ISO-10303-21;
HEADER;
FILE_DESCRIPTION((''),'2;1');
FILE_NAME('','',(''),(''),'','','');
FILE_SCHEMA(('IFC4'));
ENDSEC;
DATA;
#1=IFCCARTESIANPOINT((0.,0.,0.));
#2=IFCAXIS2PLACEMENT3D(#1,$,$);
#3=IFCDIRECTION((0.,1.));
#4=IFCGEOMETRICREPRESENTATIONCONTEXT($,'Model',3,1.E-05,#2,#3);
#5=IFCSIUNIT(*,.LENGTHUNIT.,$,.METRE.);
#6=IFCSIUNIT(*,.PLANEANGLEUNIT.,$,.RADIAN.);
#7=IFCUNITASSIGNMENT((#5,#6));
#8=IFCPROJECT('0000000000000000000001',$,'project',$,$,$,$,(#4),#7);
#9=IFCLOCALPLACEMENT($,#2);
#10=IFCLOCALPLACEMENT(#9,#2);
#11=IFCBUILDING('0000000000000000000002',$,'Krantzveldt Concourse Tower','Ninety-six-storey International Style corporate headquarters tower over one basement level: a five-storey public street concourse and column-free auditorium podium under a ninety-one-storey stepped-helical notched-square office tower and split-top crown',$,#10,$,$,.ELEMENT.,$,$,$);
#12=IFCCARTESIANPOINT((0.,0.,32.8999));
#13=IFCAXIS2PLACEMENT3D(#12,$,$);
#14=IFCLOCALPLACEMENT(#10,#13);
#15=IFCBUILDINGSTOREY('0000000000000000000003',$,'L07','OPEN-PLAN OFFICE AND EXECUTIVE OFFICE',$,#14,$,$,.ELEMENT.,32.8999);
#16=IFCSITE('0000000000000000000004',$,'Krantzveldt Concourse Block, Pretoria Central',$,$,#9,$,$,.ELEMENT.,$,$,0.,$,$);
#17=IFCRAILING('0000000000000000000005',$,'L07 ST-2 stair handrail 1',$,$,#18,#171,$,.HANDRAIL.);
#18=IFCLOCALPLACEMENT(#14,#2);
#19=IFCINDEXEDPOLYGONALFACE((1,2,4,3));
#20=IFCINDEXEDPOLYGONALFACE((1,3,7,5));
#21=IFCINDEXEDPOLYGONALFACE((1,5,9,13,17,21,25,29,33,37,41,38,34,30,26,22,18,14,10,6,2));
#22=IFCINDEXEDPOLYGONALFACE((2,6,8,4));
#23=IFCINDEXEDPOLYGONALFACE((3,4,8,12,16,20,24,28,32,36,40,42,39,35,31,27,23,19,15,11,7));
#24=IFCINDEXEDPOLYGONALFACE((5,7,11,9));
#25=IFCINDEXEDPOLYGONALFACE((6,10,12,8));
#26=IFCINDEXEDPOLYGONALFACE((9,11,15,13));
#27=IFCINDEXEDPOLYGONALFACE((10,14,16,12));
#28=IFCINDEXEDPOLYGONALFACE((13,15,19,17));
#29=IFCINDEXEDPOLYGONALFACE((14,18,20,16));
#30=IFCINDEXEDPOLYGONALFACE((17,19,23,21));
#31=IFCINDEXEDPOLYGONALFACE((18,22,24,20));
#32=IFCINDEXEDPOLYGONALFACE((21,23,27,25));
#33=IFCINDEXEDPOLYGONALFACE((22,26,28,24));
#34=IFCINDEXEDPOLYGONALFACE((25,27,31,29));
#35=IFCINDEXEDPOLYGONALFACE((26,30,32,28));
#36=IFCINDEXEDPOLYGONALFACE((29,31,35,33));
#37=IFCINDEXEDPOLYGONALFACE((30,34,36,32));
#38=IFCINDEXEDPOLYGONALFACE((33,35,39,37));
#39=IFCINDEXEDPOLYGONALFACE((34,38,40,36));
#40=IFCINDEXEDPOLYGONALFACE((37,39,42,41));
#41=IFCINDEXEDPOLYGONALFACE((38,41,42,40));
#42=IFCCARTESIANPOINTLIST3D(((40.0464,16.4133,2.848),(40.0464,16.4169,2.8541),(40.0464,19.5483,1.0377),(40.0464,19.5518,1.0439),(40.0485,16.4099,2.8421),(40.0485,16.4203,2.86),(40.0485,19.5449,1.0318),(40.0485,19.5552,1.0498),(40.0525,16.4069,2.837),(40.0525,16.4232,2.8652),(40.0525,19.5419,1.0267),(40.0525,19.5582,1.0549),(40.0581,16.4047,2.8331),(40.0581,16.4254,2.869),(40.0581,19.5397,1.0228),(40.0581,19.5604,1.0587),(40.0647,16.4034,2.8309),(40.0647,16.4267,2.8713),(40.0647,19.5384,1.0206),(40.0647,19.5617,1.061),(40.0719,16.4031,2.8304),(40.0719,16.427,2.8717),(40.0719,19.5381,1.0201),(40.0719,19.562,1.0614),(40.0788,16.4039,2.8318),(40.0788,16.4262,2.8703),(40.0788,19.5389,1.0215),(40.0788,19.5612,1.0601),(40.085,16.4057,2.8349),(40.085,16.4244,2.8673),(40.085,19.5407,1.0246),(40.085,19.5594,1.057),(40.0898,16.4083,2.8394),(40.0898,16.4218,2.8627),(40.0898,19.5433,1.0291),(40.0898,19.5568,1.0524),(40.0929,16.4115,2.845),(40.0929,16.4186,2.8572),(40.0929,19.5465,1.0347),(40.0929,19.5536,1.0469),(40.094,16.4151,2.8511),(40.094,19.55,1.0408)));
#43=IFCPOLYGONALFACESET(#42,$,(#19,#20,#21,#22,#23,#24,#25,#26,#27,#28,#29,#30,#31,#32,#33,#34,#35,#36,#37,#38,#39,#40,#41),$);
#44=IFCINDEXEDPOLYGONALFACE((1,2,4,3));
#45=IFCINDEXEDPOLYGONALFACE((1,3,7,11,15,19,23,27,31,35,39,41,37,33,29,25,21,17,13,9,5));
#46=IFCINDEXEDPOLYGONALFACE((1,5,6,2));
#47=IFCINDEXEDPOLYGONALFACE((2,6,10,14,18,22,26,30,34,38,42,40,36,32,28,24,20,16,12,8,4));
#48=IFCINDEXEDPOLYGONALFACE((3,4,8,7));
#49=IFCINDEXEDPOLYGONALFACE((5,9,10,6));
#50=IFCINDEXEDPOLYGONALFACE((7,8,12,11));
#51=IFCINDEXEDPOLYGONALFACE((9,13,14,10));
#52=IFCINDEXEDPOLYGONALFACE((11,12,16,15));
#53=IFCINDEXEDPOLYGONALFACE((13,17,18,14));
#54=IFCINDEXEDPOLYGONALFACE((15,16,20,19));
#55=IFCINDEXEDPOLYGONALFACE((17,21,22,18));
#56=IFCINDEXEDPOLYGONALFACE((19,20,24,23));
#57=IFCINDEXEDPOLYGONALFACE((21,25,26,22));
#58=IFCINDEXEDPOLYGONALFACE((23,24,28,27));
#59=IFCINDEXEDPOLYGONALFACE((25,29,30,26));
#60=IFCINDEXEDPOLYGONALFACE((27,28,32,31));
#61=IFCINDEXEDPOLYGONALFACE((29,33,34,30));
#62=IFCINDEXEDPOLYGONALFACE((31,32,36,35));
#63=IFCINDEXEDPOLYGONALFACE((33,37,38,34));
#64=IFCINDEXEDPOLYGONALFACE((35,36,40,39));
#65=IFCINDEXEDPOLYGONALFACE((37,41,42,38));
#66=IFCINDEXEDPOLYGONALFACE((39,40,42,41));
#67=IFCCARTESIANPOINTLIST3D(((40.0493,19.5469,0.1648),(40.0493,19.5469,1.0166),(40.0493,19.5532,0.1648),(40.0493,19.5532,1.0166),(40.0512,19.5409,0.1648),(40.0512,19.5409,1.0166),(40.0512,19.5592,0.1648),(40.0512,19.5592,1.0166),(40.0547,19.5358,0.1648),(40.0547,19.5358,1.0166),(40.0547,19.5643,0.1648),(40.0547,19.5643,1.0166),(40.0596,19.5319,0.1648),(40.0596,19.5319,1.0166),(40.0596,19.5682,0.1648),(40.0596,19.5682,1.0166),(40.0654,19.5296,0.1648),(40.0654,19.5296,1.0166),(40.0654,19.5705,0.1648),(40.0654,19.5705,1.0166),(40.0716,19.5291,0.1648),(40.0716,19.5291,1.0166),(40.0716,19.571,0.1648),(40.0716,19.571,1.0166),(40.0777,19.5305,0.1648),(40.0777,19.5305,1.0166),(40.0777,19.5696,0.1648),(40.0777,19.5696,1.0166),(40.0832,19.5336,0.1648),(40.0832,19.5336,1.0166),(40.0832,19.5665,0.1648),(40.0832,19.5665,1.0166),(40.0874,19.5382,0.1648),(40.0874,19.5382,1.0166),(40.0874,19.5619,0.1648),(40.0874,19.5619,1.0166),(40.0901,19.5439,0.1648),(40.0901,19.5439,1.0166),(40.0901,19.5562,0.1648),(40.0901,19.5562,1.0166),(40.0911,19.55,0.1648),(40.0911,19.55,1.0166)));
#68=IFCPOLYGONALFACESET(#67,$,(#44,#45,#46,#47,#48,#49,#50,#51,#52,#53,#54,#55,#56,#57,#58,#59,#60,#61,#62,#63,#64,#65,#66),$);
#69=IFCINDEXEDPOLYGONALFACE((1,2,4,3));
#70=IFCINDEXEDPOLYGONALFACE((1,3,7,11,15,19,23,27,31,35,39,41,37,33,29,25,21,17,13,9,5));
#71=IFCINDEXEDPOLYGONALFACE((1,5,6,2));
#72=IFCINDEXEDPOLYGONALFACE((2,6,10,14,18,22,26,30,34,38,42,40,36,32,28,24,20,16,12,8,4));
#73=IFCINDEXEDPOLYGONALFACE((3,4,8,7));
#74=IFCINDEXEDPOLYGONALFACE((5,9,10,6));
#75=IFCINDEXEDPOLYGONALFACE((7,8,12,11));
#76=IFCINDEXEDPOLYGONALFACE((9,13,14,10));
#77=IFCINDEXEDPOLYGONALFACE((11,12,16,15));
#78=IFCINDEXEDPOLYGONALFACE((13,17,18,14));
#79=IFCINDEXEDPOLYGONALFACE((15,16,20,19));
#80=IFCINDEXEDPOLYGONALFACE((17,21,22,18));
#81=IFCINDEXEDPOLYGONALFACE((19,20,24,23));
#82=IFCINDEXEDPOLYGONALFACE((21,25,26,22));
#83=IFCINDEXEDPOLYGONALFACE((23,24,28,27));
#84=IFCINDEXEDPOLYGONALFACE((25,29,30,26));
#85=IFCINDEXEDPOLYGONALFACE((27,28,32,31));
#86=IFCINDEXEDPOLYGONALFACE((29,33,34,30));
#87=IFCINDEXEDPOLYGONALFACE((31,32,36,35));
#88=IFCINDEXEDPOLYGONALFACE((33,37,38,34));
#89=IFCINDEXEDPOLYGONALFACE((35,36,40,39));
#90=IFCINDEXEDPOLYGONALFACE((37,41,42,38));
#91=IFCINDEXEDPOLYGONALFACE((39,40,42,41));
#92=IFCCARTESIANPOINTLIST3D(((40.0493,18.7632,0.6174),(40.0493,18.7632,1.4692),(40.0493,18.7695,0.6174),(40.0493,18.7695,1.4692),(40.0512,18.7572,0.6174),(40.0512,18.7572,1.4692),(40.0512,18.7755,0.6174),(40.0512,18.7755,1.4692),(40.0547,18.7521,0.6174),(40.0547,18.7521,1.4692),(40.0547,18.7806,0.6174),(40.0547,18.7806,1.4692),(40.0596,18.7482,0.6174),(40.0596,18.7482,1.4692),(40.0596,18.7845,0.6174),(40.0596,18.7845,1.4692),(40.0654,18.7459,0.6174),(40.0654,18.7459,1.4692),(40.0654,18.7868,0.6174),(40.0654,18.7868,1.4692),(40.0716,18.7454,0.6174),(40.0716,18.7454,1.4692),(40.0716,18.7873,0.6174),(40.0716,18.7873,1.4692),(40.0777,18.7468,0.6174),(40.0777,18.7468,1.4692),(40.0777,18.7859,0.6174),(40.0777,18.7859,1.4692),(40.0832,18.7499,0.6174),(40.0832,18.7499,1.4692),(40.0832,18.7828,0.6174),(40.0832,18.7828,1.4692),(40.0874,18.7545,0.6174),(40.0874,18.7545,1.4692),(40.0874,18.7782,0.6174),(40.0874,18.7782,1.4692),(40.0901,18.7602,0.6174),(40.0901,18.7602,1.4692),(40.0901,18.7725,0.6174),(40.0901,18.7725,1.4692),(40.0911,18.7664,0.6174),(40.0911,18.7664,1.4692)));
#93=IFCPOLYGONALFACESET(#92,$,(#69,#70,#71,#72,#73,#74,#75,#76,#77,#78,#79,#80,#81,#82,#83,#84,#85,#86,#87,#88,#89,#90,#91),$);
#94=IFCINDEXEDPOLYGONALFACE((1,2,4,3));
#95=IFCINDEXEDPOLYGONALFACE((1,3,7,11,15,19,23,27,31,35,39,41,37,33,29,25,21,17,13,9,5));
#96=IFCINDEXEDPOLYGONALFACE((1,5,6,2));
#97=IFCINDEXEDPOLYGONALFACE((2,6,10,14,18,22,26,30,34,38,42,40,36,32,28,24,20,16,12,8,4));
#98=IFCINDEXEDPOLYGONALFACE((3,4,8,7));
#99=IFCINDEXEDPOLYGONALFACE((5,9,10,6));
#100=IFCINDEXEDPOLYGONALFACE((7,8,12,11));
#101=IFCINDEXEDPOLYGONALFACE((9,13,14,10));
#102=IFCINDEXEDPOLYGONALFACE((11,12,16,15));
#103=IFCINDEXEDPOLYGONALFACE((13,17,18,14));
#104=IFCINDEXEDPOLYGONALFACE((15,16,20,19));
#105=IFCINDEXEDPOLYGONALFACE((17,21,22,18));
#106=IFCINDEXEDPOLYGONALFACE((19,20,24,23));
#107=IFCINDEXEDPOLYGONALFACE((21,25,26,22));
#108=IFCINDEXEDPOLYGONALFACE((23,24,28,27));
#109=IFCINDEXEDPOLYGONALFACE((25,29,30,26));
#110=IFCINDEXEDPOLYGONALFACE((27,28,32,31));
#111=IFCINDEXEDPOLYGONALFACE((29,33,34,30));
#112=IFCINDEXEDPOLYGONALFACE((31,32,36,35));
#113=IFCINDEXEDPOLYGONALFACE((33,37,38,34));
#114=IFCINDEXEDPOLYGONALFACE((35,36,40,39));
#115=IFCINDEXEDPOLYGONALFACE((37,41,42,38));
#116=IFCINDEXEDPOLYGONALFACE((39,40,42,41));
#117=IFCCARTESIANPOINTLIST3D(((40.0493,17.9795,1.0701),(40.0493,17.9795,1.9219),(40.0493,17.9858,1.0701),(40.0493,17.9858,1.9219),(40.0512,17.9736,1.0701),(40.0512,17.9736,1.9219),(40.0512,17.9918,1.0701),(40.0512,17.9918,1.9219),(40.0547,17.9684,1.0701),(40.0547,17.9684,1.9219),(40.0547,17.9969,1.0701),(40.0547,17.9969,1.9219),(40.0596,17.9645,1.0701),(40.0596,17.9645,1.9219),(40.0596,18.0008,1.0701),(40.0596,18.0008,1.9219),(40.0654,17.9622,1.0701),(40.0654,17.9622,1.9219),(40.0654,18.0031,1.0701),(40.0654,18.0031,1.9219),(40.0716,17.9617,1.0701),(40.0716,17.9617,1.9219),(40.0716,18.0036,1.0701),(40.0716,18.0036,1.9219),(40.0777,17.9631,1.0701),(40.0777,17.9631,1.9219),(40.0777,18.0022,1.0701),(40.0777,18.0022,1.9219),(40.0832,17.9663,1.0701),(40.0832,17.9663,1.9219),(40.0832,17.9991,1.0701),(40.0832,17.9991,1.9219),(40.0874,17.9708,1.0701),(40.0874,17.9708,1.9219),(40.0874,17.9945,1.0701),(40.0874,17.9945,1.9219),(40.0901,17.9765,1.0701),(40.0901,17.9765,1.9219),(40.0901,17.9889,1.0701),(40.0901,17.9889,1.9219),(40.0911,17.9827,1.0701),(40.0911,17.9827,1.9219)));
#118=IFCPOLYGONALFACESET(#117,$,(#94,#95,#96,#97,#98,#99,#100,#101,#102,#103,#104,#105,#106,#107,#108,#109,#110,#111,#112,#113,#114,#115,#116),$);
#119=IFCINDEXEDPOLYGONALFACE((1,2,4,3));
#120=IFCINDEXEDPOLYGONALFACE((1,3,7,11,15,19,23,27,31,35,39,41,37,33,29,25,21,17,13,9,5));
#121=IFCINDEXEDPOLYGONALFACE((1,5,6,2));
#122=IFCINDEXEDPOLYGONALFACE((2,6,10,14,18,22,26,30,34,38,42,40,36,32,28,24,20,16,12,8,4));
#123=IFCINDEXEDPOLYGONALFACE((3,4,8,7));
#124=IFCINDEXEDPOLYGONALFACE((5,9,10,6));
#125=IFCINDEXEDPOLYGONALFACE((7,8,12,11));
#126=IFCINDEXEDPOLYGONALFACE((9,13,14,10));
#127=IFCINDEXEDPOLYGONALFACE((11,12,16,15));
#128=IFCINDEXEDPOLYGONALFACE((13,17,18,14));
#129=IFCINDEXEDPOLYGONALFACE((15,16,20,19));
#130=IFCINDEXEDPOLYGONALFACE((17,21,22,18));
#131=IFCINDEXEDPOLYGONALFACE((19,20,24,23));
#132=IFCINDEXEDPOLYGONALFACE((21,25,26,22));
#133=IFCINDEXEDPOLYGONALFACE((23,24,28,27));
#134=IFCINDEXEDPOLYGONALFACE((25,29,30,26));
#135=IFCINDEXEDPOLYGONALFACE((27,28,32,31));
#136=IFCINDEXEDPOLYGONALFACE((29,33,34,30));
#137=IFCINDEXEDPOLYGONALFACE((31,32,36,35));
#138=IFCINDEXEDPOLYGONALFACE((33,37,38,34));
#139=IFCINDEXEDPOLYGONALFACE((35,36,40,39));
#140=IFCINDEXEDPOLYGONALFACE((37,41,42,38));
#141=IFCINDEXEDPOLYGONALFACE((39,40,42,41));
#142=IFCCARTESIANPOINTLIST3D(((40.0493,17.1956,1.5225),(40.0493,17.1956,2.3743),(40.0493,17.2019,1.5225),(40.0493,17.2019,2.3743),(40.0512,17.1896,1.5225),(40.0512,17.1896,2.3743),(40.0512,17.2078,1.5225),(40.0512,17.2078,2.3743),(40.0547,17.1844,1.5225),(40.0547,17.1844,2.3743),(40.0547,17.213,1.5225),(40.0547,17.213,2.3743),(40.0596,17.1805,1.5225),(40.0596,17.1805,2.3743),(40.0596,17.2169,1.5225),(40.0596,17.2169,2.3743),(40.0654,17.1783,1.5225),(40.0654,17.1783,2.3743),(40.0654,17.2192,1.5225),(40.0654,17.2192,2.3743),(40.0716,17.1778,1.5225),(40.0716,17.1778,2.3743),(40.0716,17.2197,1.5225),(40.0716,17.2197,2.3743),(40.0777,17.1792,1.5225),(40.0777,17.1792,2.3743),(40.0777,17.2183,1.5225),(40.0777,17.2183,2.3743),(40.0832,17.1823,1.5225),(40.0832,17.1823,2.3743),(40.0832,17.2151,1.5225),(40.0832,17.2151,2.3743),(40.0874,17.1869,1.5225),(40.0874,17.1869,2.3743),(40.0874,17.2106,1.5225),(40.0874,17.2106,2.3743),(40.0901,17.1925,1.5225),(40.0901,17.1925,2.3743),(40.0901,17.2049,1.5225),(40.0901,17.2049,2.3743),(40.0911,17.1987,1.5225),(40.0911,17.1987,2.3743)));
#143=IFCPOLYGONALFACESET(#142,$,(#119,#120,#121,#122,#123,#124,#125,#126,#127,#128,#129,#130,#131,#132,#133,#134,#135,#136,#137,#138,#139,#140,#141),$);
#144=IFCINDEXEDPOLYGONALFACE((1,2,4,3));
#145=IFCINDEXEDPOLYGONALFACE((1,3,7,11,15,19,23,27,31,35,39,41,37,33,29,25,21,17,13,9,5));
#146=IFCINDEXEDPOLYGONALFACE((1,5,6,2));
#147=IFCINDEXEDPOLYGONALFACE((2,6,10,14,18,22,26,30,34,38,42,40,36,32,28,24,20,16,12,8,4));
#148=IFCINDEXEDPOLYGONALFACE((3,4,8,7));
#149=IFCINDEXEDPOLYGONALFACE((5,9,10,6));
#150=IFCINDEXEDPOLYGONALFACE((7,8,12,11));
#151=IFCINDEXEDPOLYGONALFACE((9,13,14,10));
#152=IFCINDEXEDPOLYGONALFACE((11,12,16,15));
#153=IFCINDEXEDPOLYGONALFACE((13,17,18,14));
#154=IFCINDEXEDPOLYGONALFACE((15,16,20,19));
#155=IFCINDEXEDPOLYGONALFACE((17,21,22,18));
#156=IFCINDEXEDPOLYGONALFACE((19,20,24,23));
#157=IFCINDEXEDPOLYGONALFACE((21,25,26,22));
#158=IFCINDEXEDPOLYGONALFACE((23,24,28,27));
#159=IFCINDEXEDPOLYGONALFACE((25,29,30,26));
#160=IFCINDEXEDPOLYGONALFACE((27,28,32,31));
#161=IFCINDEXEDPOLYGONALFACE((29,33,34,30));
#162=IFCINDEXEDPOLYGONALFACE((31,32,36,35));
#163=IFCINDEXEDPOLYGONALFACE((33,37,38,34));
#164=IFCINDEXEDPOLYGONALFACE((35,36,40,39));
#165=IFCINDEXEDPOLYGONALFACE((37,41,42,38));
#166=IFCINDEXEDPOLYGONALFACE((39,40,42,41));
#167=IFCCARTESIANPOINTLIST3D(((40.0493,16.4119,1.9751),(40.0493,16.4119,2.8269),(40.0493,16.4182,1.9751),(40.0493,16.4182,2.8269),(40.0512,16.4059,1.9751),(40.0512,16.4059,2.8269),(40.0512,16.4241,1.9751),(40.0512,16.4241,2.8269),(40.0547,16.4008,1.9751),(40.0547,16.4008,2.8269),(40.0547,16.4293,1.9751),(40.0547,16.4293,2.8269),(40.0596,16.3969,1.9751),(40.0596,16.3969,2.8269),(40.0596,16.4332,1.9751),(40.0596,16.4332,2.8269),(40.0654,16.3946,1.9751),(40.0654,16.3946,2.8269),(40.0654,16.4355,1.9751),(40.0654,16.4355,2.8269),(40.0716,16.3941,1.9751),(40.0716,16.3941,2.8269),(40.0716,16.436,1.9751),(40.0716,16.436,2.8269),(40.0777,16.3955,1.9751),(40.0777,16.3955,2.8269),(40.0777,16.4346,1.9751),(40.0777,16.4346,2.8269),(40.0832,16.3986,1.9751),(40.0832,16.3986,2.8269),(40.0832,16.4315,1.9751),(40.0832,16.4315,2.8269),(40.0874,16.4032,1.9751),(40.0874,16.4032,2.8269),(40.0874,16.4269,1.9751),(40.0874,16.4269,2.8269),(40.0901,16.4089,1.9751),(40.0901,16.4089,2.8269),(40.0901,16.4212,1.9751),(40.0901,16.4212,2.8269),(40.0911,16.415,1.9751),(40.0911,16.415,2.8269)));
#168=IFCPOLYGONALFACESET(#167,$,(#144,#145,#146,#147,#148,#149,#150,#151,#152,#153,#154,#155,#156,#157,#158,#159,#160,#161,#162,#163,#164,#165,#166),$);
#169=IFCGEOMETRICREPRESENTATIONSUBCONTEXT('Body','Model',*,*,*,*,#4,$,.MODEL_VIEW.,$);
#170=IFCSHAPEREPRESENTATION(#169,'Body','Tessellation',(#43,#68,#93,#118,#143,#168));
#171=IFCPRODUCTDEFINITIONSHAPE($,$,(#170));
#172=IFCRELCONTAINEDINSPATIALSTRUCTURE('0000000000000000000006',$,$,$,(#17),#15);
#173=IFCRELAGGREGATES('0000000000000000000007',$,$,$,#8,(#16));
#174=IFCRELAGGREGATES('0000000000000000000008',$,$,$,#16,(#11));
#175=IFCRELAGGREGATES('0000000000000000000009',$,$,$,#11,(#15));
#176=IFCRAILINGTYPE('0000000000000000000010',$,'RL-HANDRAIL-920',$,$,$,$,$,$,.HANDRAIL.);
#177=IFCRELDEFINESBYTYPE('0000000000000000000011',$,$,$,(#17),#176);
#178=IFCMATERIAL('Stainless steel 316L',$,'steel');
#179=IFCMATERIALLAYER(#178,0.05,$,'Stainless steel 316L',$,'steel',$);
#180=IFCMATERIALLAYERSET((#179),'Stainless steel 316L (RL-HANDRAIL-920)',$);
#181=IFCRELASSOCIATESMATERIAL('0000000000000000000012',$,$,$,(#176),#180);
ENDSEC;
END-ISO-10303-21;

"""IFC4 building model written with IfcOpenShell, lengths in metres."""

from ifc_helpers import new_model, si_unit, direction, frame, origin, origin_2d, place, context, subcontext, project, spatial, circle, extrude, material, layer, layer_set, type_object, element, save


model = new_model("IFC4")

# Units and contexts
model_context = context("Model", 3, precision=1e-05, world=origin(), true_north=direction((0.0, 1.0)))
body_context = subcontext(model_context, "Body", "Model", "MODEL_VIEW")
ifc_project = project(units=[si_unit("LENGTHUNIT", "METRE"), si_unit("PLANEANGLEUNIT", "RADIAN")], contexts=[model_context])

# Site, building, storey
site_placement = place(None, origin())
site = spatial("IfcSite", under=ifc_project, at=site_placement, Name="Krantzveldt Concourse Block, Pretoria Central", CompositionType="ELEMENT", RefElevation=0.0)
building_placement = place(site_placement, origin())
building = spatial("IfcBuilding", under=site, at=building_placement, Name="Krantzveldt Concourse Tower", Description="Ninety-six-storey International Style corporate headquarters tower over one basement level: a five-storey public street concourse and column-free auditorium podium under a ninety-one-storey stepped-helical notched-square office tower and split-top crown", CompositionType="ELEMENT")
storey_placement = place(building_placement, frame((0.0, 0.0, 32.8999)))
storey = spatial("IfcBuildingStorey", under=building, at=storey_placement, Name="L07", Description="OPEN-PLAN OFFICE AND EXECUTIVE OFFICE", CompositionType="ELEMENT", Elevation=32.8999)

# Railing
ifc_material_1 = material(Name="Stainless steel 316L", Category="steel")
ifc_layer_1 = layer(ifc_material_1, 0.05, Name="Stainless steel 316L", Category="steel")
ifc_layer_set_1 = layer_set([ifc_layer_1], Name="Stainless steel 316L (RL-HANDRAIL-920)")
railing_type_1 = type_object("IfcRailingType", Name="RL-HANDRAIL-920", PredefinedType="HANDRAIL", material=ifc_layer_set_1)
railing_1_placement = place(storey_placement, frame((40.0701, 19.55, 0.1648)))
element("IfcRailing", 1, at=railing_1_placement, inside=storey, type_object=railing_type_1, Name="L07 ST-2 stair handrail 1", PredefinedType="HANDRAIL", context=body_context, shape_type="SweptSolid", body=[
    extrude(circle(Radius=0.0239, at=origin_2d()), frame((0.0, 0.0, 0.876), z_axis=(0.0, -0.865989, 0.500063), x_axis=(1.0, 0.0, 0.0)), (0.0, 0.0, 1.0), 3.6201),
    extrude(circle(Radius=0.021, at=origin_2d()), origin(), (0.0, 0.0, 1.0), 0.8518),
    extrude(circle(Radius=0.021, at=origin_2d()), frame((0.0, -0.7837, 0.4526)), (0.0, 0.0, 1.0), 0.8518),
    extrude(circle(Radius=0.021, at=origin_2d()), frame((0.0, -1.5674, 0.9053)), (0.0, 0.0, 1.0), 0.8518),
    extrude(circle(Radius=0.021, at=origin_2d()), frame((0.0, -2.3513, 1.3577)), (0.0, 0.0, 1.0), 0.8518),
    extrude(circle(Radius=0.021, at=origin_2d()), frame((0.0, -3.135, 1.8103)), (0.0, 0.0, 1.0), 0.8518),
])

save(model, "model.ifc")
